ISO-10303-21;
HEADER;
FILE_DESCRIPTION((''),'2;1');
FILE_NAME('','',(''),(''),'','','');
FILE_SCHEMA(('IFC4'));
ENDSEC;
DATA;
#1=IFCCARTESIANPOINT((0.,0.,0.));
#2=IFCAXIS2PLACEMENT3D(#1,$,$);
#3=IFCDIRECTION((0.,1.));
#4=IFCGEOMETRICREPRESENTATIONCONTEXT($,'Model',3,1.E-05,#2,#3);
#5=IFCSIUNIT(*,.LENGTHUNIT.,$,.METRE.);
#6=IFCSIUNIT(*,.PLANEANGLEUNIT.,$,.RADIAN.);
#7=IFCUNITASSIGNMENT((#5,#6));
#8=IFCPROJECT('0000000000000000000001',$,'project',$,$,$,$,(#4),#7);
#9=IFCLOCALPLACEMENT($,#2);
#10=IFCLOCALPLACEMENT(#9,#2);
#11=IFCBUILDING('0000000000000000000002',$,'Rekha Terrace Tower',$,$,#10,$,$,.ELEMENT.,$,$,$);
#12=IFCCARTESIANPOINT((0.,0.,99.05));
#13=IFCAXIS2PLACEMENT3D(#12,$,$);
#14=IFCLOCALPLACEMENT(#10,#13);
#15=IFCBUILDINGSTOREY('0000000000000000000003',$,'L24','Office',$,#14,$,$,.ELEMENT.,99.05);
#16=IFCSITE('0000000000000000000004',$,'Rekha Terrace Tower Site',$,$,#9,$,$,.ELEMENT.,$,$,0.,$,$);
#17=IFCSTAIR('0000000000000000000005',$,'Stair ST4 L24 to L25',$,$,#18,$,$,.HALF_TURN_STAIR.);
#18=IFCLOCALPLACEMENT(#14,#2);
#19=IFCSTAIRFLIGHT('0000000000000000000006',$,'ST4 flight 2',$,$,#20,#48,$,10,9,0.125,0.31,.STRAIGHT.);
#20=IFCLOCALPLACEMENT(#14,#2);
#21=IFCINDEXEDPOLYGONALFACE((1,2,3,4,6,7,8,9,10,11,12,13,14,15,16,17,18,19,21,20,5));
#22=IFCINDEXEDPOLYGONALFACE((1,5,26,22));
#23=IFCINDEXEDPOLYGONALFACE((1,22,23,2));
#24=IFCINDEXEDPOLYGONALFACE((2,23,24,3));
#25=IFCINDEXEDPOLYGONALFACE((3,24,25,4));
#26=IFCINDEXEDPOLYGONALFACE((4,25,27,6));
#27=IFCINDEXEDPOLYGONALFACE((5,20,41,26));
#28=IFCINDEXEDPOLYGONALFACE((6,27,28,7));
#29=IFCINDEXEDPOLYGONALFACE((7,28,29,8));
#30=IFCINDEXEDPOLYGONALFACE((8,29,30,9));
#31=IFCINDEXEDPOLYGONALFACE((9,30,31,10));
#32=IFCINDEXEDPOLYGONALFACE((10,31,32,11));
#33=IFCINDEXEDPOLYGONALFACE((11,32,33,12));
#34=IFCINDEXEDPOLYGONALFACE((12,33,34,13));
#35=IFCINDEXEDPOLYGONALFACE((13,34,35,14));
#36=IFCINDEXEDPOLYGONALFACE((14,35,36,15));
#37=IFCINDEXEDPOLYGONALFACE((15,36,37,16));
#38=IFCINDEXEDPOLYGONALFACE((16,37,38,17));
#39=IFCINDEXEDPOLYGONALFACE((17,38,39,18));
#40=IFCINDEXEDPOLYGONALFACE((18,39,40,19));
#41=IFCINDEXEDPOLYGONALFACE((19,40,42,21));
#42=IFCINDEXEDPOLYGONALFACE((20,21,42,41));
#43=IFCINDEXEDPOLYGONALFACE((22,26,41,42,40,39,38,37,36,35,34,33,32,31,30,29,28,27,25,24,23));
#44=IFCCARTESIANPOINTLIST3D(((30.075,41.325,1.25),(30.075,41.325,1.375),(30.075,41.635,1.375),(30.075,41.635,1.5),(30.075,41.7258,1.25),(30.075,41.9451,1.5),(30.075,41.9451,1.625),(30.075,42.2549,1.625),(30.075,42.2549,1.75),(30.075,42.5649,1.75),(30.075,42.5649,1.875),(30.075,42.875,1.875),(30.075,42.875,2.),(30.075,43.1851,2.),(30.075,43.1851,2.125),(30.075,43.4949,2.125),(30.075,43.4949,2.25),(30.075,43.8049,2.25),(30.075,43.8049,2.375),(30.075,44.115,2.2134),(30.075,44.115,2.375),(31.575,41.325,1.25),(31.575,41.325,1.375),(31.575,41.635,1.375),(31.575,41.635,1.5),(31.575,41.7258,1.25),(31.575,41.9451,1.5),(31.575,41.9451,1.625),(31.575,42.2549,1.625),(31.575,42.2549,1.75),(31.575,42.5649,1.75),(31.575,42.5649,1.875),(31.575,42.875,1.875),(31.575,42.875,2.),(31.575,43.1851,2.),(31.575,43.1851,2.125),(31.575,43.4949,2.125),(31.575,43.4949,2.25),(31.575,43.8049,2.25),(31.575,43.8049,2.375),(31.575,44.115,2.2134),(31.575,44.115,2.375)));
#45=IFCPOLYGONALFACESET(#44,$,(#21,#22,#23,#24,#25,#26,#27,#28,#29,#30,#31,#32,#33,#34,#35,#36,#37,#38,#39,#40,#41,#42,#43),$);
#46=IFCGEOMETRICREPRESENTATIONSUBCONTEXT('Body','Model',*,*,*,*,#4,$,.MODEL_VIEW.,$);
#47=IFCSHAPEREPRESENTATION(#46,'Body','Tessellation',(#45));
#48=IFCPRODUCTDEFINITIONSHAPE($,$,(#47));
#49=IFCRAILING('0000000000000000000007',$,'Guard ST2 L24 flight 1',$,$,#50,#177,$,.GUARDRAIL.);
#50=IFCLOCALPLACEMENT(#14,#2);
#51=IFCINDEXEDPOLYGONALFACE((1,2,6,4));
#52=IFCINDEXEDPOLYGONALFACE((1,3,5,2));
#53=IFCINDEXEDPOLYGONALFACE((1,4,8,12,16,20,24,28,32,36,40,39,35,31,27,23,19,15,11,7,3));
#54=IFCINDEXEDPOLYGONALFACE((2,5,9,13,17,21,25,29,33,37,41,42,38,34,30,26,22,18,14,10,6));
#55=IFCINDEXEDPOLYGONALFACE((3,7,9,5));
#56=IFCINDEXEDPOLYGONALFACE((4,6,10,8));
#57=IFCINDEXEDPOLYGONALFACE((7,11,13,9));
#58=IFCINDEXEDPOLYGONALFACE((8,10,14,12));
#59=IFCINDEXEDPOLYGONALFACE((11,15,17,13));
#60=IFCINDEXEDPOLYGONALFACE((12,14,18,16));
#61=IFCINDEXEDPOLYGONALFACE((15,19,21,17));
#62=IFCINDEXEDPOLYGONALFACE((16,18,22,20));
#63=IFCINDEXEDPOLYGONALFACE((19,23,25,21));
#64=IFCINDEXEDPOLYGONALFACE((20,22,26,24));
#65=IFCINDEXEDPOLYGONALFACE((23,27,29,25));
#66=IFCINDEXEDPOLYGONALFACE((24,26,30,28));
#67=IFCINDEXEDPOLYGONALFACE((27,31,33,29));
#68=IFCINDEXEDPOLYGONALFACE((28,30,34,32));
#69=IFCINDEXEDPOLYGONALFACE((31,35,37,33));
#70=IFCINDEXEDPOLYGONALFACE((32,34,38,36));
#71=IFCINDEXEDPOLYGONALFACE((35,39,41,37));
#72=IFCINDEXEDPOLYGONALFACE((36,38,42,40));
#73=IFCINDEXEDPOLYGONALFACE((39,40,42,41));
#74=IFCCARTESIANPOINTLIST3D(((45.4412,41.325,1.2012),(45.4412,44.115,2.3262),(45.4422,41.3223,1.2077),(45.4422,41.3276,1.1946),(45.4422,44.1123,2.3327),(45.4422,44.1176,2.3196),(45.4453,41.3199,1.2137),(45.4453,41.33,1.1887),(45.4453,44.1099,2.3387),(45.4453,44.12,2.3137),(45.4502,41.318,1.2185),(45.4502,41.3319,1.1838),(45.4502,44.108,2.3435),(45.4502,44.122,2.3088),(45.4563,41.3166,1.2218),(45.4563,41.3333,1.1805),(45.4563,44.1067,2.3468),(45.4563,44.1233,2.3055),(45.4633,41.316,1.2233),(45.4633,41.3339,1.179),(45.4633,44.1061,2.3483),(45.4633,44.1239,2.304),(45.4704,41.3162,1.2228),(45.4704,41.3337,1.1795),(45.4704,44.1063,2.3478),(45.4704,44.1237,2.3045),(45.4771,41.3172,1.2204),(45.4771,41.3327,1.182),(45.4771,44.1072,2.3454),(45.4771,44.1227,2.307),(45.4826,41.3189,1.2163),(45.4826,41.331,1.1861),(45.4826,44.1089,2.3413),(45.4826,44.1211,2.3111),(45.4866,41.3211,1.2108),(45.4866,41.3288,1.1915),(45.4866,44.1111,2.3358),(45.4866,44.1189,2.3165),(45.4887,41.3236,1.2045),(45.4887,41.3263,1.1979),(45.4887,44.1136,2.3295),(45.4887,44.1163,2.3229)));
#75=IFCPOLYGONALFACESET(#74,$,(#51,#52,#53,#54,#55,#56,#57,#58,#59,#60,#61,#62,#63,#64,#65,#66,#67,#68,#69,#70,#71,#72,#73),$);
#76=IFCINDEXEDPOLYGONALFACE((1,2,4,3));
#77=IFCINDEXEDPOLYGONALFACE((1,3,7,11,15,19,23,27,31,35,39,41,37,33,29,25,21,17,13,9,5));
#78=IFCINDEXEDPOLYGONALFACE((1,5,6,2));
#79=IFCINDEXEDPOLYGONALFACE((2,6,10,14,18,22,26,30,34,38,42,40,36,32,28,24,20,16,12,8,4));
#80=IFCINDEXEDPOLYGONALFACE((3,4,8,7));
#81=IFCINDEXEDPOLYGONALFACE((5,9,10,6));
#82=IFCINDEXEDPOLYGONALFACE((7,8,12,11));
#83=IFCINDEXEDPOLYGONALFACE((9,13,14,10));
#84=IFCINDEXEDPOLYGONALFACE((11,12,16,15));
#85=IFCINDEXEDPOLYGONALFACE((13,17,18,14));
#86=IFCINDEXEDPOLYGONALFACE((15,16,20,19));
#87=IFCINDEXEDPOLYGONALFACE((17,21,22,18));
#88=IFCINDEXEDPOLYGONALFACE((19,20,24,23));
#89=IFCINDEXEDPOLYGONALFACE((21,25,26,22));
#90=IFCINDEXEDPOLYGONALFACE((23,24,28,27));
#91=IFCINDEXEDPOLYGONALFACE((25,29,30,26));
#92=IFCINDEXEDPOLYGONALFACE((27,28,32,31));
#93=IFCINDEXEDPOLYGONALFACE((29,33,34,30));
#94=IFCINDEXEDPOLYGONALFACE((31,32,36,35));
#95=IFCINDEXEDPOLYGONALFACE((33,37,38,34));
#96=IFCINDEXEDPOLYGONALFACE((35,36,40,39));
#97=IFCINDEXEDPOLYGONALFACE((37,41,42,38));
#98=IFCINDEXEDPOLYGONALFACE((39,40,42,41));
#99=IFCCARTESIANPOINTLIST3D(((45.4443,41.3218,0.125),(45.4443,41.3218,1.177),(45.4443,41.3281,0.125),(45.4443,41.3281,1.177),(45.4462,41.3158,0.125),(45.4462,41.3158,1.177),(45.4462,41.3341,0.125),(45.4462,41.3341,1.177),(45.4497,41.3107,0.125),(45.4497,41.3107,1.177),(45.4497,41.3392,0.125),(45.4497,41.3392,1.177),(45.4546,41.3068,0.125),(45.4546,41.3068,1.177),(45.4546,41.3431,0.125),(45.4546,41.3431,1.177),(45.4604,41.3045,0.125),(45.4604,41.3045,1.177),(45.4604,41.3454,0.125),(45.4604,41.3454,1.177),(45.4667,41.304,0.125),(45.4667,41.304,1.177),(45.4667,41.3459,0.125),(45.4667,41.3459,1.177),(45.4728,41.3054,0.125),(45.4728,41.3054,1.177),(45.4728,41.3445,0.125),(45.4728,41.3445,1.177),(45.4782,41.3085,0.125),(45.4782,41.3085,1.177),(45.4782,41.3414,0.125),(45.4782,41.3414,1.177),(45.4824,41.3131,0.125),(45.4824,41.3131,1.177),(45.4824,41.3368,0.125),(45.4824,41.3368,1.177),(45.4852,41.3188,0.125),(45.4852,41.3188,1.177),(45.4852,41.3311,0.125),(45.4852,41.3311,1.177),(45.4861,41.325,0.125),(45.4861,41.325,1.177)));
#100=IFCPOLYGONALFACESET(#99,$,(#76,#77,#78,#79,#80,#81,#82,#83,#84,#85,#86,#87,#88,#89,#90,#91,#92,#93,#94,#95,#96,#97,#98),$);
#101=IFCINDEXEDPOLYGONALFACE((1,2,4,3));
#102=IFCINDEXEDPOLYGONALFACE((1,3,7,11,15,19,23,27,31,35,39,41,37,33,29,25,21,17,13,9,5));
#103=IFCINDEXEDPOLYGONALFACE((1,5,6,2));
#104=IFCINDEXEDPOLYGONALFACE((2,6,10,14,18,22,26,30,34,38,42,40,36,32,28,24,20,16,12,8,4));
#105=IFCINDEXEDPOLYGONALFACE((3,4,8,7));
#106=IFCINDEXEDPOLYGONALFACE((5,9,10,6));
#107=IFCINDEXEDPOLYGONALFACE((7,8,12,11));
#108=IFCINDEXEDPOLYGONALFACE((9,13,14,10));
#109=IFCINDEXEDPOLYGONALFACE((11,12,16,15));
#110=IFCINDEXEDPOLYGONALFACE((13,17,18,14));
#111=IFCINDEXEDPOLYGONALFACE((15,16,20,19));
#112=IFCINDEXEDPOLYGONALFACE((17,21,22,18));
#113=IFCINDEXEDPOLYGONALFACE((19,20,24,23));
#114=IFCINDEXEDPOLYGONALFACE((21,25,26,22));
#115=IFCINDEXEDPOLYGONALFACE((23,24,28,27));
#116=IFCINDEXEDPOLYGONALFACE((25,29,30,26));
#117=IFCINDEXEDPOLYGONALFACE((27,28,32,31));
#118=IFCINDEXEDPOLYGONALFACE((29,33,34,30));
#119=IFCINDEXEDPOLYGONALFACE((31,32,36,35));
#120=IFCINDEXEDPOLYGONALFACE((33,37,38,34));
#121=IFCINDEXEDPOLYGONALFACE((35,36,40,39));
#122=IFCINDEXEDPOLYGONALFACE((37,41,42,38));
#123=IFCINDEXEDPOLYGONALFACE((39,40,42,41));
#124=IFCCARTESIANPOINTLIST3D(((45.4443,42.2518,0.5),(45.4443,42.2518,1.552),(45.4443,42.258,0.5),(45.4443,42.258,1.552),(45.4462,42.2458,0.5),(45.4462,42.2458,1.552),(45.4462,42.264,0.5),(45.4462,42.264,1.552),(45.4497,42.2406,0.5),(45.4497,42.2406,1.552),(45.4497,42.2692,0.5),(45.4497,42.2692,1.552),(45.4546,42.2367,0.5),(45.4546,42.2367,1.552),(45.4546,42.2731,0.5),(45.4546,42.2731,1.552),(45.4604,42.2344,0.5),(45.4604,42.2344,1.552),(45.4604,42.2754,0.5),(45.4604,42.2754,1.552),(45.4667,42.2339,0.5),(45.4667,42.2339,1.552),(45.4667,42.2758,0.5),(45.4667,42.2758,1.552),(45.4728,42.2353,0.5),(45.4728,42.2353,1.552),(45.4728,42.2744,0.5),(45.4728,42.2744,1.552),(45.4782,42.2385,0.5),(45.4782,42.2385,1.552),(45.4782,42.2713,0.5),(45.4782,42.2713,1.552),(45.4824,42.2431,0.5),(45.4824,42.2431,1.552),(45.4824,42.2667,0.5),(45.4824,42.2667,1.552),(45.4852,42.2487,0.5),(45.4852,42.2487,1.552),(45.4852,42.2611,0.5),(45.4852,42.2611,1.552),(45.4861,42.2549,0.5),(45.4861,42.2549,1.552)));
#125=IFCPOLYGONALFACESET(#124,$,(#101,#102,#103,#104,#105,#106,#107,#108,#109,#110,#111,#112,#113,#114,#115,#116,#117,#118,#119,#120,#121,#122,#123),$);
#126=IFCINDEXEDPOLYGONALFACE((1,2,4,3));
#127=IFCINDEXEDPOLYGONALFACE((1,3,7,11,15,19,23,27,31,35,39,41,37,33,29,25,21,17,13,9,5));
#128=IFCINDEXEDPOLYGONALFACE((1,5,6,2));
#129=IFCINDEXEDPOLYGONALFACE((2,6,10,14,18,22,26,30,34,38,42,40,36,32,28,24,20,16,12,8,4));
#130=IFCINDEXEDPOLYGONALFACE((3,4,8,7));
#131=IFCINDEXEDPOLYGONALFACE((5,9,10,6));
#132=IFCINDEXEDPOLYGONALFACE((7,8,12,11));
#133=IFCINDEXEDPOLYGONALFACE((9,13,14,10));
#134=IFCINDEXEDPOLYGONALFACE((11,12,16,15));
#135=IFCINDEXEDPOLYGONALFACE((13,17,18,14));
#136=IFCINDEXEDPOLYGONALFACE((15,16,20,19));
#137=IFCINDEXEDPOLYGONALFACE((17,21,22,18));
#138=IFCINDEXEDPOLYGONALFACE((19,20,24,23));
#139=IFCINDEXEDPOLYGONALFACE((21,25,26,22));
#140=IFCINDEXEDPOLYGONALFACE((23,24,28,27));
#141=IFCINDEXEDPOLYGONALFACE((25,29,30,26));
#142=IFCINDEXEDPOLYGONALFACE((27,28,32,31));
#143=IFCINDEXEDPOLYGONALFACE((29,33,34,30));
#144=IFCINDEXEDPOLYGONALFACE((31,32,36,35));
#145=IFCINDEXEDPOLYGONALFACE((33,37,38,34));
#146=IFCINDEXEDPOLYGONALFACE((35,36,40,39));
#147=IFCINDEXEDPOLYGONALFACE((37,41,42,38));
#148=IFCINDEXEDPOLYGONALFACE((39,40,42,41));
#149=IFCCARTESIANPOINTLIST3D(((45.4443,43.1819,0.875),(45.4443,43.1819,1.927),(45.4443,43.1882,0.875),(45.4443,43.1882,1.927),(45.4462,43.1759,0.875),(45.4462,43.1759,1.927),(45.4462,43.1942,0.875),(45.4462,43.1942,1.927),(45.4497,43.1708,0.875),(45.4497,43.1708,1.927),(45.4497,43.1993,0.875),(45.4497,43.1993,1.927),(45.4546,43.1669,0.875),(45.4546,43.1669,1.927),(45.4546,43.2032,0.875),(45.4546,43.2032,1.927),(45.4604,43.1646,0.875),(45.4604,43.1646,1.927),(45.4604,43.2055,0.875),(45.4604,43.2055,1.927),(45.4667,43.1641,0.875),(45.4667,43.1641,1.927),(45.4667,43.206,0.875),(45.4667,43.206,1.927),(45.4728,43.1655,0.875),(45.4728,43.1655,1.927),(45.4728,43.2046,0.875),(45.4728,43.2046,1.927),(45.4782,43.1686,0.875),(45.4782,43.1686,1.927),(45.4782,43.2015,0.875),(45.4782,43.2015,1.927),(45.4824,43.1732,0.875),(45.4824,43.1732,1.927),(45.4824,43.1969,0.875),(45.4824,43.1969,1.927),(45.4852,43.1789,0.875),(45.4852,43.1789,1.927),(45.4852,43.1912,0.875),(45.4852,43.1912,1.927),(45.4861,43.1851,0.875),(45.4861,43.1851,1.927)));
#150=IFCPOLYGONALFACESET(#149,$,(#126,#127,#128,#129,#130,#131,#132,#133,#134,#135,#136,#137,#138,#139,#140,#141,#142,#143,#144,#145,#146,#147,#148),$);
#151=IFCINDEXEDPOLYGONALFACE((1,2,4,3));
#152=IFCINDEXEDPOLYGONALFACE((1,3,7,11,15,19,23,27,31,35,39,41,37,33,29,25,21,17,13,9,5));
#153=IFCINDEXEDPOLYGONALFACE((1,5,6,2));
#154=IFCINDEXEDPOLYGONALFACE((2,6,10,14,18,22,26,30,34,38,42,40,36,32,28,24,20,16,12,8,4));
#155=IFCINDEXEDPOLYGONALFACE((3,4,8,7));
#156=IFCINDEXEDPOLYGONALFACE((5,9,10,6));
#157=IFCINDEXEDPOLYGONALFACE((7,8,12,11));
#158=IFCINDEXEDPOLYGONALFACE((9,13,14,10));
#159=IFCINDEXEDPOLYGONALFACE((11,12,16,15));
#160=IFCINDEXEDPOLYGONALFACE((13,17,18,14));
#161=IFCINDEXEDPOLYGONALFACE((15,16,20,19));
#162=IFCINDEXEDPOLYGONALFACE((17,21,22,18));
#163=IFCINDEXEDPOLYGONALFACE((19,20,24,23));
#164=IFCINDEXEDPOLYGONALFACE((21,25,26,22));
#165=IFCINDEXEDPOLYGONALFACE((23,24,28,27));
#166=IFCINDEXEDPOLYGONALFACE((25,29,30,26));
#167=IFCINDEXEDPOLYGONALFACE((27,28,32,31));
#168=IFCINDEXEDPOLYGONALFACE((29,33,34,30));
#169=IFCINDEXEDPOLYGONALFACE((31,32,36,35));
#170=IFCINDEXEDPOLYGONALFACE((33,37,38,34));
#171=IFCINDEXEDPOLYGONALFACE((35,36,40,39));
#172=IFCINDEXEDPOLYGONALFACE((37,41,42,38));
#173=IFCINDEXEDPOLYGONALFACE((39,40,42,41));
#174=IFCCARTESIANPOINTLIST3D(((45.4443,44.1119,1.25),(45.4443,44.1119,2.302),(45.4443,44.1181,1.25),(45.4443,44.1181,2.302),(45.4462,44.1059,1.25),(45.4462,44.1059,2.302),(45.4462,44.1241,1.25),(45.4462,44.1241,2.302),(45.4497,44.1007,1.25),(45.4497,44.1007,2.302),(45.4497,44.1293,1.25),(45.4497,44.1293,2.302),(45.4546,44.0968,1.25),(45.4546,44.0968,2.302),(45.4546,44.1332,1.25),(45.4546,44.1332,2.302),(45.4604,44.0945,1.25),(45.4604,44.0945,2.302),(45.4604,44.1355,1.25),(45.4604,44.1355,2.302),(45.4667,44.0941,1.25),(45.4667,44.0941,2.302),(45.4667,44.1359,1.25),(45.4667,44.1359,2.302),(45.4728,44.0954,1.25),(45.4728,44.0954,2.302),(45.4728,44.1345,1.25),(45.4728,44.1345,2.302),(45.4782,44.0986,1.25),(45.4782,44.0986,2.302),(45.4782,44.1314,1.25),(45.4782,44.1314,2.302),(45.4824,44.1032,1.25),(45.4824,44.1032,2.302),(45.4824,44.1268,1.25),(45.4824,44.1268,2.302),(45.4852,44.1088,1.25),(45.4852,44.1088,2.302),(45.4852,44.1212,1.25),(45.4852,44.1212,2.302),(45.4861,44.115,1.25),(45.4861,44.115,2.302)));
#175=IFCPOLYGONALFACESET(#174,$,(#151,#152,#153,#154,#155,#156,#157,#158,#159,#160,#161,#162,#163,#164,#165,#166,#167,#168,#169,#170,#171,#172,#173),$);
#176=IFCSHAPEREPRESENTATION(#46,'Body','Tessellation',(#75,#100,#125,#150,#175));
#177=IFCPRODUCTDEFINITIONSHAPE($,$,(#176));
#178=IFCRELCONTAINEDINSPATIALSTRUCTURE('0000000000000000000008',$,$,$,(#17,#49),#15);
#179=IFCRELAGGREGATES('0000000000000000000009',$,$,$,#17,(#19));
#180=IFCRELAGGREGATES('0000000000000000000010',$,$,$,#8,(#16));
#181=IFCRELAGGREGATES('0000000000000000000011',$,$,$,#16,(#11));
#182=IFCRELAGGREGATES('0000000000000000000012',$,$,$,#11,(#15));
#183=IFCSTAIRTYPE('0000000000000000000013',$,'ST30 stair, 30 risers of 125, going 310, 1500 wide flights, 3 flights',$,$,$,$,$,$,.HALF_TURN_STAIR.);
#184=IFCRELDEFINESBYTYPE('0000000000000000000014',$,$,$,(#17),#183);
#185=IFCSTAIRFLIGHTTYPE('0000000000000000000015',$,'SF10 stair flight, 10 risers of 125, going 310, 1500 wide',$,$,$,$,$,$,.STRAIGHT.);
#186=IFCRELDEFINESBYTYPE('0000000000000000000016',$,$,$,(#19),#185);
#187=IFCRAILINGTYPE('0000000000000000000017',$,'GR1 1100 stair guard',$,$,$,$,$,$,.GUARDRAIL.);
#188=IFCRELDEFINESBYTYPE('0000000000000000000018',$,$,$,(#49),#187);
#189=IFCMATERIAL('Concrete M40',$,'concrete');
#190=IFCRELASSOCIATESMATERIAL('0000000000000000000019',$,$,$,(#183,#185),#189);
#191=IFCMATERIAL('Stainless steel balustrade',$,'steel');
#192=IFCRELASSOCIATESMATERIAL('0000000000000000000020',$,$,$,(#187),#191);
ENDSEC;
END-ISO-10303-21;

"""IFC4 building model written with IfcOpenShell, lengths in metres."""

from ifc_helpers import new_model, si_unit, direction, frame, origin, origin_2d, place, context, subcontext, project, spatial, polyline, circle, outline, extrude, material, type_object, element, aggregate, save


model = new_model("IFC4")

# Units and contexts
model_context = context("Model", 3, precision=1e-05, world=origin(), true_north=direction((0.0, 1.0)))
body_context = subcontext(model_context, "Body", "Model", "MODEL_VIEW")
ifc_project = project(units=[si_unit("LENGTHUNIT", "METRE"), si_unit("PLANEANGLEUNIT", "RADIAN")], contexts=[model_context])

# Site, building, storey
site_placement = place(None, origin())
site = spatial("IfcSite", under=ifc_project, at=site_placement, Name="Rekha Terrace Tower Site", CompositionType="ELEMENT", RefElevation=0.0)
building_placement = place(site_placement, origin())
building = spatial("IfcBuilding", under=site, at=building_placement, Name="Rekha Terrace Tower", CompositionType="ELEMENT")
storey_placement = place(building_placement, frame((0.0, 0.0, 99.05)))
storey = spatial("IfcBuildingStorey", under=building, at=storey_placement, Name="L24", Description="Office", CompositionType="ELEMENT", Elevation=99.05)

# Stair, stair flight
ifc_material_1 = material(Name="Concrete M40", Category="concrete")
stair_type = type_object("IfcStairType", Name="ST30 stair, 30 risers of 125, going 310, 1500 wide flights, 3 flights", PredefinedType="HALF_TURN_STAIR", material=ifc_material_1)
stair_flight_type = type_object("IfcStairFlightType", Name="SF10 stair flight, 10 risers of 125, going 310, 1500 wide", PredefinedType="STRAIGHT", material=ifc_material_1)
stair_1_placement = place(storey_placement, origin())
stair_1 = element("IfcStair", 1, at=stair_1_placement, inside=storey, type_object=stair_type, Name="Stair ST4 L24 to L25", PredefinedType="HALF_TURN_STAIR")
stair_flight_1_placement = place(storey_placement, frame((30.825, 41.325, 1.25), z_axis=(0.0, 0.0, 1.0), x_axis=(0.0, 1.0, 0.0)))
stair_flight_1 = element("IfcStairFlight", 2, at=stair_flight_1_placement, type_object=stair_flight_type, Name="ST4 flight 2", NumberOfRisers=10, NumberOfTreads=9, PredefinedType="STRAIGHT", RiserHeight=0.125, TreadLength=0.31, context=body_context, shape_type="SweptSolid", body=[
    extrude(outline(polyline([(0.0, 0.0), (0.0, 0.125), (0.3101, 0.125), (0.3101, 0.25), (0.6201, 0.25), (0.6201, 0.375), (0.9299, 0.375), (0.9299, 0.5), (1.24, 0.5), (1.24, 0.625), (1.55, 0.625), (1.55, 0.75), (1.8601, 0.75), (1.8601, 0.875), (2.1699, 0.875), (2.1699, 1.0), (2.48, 1.0), (2.48, 1.125), (2.79, 1.125), (2.79, 1.25), (2.79, 0.9634), (0.4009, 0.0), (0.0, 0.0)])), frame((0.0, 0.75, 0.0), z_axis=(0.0, -1.0, 0.0), x_axis=(1.0, 0.0, 0.0)), (0.0, 0.0, 1.0), 1.5),
])
aggregate(stair_1, [stair_flight_1])

# Railing
ifc_material_2 = material(Name="Stainless steel balustrade", Category="steel")
railing_type_1 = type_object("IfcRailingType", Name="GR1 1100 stair guard", PredefinedType="GUARDRAIL", material=ifc_material_2)
railing_1_placement = place(storey_placement, frame((45.4651, 41.325, 0.125)))
element("IfcRailing", 3, at=railing_1_placement, inside=storey, type_object=railing_type_1, Name="Guard ST2 L24 flight 1", PredefinedType="GUARDRAIL", context=body_context, shape_type="SweptSolid", body=[
    extrude(circle(Radius=0.0239, at=origin_2d()), frame((0.0, 0.0, 1.0762), z_axis=(0.0, 0.927443, 0.373964), x_axis=(-1.0, 0.0, 0.0)), (0.0, 0.0, 1.0), 3.0083),
    extrude(circle(Radius=0.021, at=origin_2d()), origin(), (0.0, 0.0, 1.0), 1.052),
    extrude(circle(Radius=0.021, at=origin_2d()), frame((0.0, 0.9299, 0.375)), (0.0, 0.0, 1.0), 1.052),
    extrude(circle(Radius=0.021, at=origin_2d()), frame((0.0, 1.8601, 0.75)), (0.0, 0.0, 1.0), 1.052),
    extrude(circle(Radius=0.021, at=origin_2d()), frame((0.0, 2.79, 1.125)), (0.0, 0.0, 1.0), 1.052),
])

save(model, "model.ifc")
